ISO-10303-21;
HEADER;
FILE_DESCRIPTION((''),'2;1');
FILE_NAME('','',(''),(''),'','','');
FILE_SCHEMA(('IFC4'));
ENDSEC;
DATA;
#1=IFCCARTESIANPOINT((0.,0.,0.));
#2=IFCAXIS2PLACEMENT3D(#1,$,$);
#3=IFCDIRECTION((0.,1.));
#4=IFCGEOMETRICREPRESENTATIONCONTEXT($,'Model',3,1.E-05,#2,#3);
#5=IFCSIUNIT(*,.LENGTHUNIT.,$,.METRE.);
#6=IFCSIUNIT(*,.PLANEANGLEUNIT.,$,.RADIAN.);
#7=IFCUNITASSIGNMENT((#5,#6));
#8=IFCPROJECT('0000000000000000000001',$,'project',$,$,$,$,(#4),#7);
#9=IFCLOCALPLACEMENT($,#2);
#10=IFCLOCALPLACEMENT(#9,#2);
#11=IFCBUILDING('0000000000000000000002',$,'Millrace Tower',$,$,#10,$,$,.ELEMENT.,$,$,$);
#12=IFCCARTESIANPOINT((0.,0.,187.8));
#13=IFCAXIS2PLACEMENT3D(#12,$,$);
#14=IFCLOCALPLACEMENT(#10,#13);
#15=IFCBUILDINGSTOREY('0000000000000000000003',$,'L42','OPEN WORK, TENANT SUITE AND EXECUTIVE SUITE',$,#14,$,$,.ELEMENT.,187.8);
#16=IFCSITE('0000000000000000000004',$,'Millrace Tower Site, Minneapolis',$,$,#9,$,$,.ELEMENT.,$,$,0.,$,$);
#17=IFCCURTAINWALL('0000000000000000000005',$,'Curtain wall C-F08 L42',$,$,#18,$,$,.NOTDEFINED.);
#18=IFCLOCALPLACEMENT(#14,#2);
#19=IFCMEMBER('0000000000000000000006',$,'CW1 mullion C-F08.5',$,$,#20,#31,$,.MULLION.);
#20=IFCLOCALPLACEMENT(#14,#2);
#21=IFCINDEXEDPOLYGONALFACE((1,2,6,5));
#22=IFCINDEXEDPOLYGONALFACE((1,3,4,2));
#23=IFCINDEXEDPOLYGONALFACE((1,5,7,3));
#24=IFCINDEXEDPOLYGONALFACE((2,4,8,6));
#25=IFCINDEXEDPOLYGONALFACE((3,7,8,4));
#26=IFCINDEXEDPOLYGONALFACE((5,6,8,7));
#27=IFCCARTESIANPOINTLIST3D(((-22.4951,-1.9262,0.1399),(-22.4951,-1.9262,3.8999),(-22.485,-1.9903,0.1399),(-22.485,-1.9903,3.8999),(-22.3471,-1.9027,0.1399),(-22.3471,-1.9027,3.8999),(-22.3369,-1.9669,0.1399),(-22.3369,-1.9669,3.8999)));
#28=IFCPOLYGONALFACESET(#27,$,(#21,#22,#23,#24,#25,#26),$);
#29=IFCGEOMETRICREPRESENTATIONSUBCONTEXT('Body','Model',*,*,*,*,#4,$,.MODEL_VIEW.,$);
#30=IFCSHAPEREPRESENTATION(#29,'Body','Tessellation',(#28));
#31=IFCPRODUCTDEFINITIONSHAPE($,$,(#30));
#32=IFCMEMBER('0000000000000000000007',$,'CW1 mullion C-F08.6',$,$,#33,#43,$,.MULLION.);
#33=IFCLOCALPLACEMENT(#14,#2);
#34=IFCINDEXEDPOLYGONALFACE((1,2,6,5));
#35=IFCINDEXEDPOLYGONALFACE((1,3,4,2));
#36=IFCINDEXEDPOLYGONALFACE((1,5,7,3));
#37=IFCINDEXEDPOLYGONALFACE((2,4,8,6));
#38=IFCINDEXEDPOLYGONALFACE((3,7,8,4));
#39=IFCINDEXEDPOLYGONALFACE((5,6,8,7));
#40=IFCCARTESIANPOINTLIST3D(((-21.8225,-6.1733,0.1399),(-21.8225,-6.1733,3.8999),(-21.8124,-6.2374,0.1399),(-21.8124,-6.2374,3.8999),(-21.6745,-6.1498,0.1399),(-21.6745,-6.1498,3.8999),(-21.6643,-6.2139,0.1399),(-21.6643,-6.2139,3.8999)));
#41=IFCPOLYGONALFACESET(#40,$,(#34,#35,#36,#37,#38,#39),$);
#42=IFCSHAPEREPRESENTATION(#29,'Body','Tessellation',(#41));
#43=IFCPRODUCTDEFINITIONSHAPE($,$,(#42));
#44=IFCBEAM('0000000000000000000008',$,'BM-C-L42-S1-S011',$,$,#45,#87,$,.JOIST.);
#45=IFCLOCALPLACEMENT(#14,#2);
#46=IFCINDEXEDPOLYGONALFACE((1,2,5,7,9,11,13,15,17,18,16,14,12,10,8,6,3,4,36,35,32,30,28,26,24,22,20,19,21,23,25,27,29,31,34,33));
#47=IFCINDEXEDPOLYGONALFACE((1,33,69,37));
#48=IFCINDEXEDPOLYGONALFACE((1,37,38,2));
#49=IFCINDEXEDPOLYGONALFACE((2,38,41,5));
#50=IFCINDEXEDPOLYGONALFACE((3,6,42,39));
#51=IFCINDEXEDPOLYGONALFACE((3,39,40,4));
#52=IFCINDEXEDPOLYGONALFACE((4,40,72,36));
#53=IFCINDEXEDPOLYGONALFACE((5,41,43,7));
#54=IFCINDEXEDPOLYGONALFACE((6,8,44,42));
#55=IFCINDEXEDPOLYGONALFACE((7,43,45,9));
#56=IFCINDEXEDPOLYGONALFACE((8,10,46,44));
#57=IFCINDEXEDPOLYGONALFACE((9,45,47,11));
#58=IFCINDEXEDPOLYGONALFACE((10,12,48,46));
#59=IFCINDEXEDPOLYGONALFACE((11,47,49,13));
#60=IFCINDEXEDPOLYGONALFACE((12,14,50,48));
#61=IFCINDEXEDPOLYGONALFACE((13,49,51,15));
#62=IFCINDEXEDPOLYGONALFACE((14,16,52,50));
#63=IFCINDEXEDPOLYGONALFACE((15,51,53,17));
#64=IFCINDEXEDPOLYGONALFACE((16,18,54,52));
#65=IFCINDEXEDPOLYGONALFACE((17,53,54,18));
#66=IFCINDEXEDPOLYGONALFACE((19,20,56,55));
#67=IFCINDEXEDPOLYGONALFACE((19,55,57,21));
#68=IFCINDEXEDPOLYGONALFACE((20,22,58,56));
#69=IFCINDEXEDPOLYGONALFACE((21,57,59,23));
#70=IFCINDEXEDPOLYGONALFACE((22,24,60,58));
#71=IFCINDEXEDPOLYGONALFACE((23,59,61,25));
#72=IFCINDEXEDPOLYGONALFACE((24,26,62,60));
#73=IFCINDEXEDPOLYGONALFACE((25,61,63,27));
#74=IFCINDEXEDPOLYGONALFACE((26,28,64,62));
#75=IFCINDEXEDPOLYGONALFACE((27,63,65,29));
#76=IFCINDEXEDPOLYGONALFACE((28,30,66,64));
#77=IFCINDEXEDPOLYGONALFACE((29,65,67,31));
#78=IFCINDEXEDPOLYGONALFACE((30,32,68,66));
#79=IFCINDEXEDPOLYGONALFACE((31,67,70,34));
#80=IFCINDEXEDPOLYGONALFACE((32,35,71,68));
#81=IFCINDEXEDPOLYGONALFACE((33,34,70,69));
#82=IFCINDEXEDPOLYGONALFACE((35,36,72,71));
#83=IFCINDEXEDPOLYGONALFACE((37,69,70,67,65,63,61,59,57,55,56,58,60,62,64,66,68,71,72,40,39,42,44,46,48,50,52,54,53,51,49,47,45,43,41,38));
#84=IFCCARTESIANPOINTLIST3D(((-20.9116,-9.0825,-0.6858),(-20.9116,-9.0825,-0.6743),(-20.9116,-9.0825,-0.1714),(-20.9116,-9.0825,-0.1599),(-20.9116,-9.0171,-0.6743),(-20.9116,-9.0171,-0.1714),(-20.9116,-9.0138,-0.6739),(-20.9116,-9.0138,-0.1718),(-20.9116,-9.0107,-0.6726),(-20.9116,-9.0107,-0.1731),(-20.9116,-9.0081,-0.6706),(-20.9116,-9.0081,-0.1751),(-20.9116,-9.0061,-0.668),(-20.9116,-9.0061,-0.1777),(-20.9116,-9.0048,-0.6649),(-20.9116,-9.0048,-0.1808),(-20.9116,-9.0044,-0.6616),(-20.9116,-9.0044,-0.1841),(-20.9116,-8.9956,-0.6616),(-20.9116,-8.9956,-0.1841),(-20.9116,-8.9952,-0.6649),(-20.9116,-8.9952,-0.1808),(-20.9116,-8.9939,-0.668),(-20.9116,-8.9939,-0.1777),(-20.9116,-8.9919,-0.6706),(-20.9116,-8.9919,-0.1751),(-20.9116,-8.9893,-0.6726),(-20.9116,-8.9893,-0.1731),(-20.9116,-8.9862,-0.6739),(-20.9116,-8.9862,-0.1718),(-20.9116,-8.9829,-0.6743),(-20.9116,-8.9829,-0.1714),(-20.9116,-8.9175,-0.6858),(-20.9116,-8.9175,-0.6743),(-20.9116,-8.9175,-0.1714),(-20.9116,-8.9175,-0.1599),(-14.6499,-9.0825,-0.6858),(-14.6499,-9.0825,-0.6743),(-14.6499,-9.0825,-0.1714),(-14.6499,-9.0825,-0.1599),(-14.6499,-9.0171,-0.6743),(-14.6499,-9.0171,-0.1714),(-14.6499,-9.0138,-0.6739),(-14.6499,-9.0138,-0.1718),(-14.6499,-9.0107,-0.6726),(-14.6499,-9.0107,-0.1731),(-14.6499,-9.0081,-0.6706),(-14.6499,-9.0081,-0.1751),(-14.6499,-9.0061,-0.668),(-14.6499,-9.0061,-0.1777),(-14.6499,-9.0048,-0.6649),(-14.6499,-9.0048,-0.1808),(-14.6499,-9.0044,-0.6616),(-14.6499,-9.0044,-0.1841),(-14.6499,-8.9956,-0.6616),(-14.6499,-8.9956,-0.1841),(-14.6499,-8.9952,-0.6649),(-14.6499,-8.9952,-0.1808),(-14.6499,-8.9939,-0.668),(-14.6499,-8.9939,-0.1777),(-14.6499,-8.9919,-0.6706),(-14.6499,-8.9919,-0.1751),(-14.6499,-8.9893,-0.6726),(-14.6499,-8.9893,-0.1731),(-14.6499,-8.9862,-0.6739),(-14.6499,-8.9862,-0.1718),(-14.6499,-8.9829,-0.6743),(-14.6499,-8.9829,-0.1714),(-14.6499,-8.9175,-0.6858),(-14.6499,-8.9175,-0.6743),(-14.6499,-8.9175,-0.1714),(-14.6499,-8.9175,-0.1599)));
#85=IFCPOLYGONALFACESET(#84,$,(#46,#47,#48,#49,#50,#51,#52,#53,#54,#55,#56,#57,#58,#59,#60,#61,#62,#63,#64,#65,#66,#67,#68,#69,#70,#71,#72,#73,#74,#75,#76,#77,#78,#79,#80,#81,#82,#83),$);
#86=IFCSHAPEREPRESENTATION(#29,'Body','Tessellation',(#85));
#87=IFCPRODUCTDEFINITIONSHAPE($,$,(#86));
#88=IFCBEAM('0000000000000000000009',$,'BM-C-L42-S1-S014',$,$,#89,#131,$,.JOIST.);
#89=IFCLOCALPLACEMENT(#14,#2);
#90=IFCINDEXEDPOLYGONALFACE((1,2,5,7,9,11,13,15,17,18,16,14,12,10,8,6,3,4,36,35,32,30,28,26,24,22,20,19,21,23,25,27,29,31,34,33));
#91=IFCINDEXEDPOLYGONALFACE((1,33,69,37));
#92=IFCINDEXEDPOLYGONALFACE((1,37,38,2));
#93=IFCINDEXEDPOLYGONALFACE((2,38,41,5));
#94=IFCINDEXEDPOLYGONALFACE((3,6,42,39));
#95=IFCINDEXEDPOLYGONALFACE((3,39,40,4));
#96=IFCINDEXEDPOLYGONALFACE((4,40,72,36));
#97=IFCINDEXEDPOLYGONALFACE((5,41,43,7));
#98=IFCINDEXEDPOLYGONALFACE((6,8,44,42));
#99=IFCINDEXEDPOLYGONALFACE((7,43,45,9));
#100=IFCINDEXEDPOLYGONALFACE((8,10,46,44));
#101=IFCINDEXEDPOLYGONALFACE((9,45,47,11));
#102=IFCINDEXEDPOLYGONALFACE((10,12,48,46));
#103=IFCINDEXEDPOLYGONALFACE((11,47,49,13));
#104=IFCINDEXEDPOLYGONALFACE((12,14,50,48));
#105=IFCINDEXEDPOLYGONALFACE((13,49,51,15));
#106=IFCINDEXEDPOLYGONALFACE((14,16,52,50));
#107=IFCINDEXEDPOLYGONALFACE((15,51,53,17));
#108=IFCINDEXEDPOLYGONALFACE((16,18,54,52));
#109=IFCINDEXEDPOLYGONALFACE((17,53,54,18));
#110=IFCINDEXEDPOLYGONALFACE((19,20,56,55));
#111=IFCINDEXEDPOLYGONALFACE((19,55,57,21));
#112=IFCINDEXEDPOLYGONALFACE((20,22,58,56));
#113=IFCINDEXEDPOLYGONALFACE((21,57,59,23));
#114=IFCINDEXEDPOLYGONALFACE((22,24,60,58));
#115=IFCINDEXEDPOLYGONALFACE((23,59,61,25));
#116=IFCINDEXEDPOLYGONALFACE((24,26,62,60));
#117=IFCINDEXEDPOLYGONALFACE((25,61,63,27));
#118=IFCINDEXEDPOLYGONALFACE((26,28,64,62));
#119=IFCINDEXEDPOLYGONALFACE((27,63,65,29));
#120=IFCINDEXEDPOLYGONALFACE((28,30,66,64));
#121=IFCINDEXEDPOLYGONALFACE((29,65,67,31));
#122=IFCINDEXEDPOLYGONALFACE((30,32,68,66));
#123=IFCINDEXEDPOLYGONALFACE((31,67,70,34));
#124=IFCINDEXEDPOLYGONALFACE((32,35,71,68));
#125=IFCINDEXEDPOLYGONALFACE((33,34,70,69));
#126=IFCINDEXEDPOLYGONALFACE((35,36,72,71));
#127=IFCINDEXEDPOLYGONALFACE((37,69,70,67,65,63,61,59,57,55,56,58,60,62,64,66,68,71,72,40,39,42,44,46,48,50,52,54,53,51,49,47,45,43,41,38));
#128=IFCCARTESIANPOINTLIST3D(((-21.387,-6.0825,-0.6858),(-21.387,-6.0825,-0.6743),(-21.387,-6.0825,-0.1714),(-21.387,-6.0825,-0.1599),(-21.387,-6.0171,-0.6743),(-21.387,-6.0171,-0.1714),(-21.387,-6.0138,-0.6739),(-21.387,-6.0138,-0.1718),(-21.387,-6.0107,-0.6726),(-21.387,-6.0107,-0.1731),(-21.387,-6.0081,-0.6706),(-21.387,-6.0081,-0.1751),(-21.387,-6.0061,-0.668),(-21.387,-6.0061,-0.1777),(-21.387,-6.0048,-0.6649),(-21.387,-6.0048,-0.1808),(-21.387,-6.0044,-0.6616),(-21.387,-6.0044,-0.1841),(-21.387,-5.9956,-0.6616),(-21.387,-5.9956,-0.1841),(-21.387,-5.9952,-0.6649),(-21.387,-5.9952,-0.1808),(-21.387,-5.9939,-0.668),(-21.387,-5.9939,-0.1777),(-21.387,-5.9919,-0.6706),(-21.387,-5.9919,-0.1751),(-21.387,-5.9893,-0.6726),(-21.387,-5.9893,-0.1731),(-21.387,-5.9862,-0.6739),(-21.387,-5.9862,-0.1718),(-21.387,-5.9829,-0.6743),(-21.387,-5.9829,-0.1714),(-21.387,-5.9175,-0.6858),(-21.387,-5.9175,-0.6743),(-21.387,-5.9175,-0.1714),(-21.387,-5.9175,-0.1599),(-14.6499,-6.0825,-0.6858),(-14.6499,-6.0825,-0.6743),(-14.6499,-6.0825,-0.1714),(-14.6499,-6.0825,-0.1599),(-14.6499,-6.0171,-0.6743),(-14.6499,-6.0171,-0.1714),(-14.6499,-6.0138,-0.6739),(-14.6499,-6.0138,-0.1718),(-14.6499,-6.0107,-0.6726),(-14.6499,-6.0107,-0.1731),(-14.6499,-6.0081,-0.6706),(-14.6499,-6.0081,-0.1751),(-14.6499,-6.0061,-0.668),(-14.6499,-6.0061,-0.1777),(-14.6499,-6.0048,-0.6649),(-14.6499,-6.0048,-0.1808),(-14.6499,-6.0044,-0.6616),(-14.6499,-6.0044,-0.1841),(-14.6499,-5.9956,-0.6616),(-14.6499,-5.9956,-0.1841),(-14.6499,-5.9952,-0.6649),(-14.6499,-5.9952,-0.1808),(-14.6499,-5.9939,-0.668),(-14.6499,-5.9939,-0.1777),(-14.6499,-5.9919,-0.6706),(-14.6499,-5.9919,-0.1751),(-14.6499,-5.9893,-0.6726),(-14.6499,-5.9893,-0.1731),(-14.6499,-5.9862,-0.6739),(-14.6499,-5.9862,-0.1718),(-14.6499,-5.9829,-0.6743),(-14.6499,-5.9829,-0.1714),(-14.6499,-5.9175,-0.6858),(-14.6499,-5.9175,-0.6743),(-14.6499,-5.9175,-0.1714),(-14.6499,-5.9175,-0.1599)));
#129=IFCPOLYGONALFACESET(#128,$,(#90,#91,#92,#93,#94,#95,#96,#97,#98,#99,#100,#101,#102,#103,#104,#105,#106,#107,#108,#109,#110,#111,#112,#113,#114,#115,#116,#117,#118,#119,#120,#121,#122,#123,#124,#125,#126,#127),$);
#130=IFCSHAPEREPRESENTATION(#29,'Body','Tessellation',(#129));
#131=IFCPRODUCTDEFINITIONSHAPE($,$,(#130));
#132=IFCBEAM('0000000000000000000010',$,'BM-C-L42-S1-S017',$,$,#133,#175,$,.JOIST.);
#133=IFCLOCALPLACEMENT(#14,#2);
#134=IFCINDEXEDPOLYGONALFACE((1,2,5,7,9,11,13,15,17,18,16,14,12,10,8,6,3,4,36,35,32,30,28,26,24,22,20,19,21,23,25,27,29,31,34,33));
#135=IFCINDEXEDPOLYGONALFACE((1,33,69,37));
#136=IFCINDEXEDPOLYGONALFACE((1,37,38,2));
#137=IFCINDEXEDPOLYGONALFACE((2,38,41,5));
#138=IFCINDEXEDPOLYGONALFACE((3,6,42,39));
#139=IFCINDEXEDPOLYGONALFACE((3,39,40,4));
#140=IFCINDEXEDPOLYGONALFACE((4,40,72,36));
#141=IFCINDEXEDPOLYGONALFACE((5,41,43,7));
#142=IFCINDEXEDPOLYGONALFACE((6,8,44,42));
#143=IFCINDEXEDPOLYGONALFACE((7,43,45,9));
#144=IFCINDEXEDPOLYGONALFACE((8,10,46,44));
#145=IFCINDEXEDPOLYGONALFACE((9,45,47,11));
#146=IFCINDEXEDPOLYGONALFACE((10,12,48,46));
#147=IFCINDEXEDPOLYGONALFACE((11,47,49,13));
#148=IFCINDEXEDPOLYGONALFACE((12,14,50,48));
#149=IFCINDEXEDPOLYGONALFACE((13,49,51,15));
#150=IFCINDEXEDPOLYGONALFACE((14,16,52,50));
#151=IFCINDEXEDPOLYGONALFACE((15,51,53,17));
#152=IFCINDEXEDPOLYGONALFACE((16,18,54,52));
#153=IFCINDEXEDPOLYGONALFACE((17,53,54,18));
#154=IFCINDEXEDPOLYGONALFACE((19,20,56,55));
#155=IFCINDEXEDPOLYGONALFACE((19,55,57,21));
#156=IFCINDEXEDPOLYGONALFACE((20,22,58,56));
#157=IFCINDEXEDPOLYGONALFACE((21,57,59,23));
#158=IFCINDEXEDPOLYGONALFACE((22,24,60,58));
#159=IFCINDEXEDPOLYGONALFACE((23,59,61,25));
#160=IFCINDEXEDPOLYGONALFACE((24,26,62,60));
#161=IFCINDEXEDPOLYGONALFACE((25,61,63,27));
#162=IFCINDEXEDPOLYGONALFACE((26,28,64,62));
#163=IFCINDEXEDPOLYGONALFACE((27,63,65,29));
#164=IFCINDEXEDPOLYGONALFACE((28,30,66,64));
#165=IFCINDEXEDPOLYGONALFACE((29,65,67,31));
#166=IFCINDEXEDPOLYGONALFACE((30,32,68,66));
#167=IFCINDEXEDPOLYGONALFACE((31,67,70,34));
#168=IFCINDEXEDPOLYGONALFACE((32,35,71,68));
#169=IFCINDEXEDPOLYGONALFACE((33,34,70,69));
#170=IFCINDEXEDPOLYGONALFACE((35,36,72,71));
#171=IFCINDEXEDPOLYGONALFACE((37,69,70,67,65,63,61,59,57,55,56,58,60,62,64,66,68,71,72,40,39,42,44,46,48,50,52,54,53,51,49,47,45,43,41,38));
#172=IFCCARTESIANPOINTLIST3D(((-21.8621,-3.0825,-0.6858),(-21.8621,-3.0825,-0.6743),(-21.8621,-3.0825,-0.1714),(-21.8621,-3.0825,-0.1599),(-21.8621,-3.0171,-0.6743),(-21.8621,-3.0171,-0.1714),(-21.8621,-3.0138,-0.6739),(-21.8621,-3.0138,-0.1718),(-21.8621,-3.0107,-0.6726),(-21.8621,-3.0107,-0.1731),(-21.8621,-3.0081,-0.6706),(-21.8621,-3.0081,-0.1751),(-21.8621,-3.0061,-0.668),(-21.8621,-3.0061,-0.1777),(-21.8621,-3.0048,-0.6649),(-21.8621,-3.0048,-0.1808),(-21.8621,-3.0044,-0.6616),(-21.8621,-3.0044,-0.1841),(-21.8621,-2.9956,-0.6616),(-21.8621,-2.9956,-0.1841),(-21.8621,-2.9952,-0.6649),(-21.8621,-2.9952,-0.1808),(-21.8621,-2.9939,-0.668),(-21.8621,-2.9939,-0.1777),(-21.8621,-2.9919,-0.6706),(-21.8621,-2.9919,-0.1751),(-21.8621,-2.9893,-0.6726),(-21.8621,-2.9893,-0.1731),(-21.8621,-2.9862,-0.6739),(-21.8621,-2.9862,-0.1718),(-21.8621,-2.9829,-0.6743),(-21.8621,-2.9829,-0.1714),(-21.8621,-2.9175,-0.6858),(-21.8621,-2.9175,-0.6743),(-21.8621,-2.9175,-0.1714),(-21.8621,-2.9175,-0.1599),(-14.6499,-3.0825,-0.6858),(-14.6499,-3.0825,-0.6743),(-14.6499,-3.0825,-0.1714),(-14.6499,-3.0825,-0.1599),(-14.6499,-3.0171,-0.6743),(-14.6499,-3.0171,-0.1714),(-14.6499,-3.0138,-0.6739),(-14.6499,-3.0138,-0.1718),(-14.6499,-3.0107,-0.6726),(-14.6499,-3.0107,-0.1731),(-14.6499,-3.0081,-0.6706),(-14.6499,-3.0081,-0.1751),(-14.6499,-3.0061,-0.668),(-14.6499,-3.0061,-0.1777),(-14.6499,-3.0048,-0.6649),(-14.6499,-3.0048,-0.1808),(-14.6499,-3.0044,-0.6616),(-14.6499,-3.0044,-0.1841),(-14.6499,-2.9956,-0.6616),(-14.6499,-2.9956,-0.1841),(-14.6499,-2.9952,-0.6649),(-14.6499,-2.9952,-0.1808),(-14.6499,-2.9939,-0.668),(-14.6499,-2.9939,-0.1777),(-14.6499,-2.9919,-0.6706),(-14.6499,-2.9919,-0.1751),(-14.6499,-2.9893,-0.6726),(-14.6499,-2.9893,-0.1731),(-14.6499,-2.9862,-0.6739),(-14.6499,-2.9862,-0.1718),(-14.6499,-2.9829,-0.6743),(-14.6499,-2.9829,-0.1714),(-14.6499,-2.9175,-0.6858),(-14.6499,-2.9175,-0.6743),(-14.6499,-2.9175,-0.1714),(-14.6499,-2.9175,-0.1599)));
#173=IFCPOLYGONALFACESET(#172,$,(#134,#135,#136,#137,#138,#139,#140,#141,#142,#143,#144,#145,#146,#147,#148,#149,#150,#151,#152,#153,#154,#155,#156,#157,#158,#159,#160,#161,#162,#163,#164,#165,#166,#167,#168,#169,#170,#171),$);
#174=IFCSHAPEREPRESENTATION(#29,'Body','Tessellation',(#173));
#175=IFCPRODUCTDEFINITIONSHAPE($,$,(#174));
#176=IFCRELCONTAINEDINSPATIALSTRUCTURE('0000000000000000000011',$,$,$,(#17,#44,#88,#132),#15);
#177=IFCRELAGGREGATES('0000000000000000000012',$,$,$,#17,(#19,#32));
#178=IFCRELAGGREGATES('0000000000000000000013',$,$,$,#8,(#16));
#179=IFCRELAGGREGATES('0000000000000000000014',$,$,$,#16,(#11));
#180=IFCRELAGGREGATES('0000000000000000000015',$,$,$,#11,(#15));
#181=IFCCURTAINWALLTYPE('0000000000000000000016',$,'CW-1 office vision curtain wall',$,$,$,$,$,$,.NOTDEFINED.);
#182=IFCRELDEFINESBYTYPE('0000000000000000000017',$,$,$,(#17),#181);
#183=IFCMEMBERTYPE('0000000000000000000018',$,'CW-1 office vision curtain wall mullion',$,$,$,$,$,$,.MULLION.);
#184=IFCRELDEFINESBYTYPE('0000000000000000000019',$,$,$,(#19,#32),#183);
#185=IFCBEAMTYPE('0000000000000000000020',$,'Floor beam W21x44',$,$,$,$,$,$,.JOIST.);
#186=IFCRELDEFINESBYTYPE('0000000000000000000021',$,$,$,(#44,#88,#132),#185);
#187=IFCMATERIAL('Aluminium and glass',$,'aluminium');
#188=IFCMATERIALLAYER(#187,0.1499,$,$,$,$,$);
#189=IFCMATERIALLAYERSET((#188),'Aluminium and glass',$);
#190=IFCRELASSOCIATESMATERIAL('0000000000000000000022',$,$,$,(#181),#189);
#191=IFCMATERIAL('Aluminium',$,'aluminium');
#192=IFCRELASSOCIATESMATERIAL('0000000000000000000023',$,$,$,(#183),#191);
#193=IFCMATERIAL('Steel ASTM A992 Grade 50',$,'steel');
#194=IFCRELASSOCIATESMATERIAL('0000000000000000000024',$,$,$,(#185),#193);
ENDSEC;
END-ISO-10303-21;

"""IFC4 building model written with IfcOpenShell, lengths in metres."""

from ifc_helpers import new_model, si_unit, direction, frame, origin, origin_2d, place, context, subcontext, project, spatial, rectangle, i_section, extrude, material, layer, layer_set, material_profile, profile_set, type_object, element, aggregate, save


model = new_model("IFC4")

# Units and contexts
model_context = context("Model", 3, precision=1e-05, world=origin(), true_north=direction((0.0, 1.0)))
body_context = subcontext(model_context, "Body", "Model", "MODEL_VIEW")
ifc_project = project(units=[si_unit("LENGTHUNIT", "METRE"), si_unit("PLANEANGLEUNIT", "RADIAN")], contexts=[model_context])

# Site, building, storey
site_placement = place(None, origin())
site = spatial("IfcSite", under=ifc_project, at=site_placement, Name="Millrace Tower Site, Minneapolis", CompositionType="ELEMENT", RefElevation=0.0)
building_placement = place(site_placement, origin())
building = spatial("IfcBuilding", under=site, at=building_placement, Name="Millrace Tower", CompositionType="ELEMENT")
storey_placement = place(building_placement, frame((0.0, 0.0, 187.8)))
storey = spatial("IfcBuildingStorey", under=building, at=storey_placement, Name="L42", Description="OPEN WORK, TENANT SUITE AND EXECUTIVE SUITE", CompositionType="ELEMENT", Elevation=187.8)

# Curtain wall, members
ifc_material_1 = material(Name="Aluminium and glass", Category="aluminium")
ifc_layer_1 = layer(ifc_material_1, 0.1499)
ifc_layer_set_1 = layer_set([ifc_layer_1], Name="Aluminium and glass")
curtain_wall_type = type_object("IfcCurtainWallType", Name="CW-1 office vision curtain wall", PredefinedType="NOTDEFINED", material=ifc_layer_set_1)
curtain_wall_placement = place(storey_placement, origin())
curtain_wall = element("IfcCurtainWall", 1, at=curtain_wall_placement, inside=storey, type_object=curtain_wall_type, Name="Curtain wall C-F08 L42", PredefinedType="NOTDEFINED")
ifc_material_2 = material(Name="Aluminium", Category="aluminium")
ifc_material_profile_1 = material_profile(ifc_material_2, rectangle(XDim=0.0649, YDim=0.1499, at=origin_2d()))
ifc_profile_set_1 = profile_set([ifc_material_profile_1], Name="Aluminium")
member_type = type_object("IfcMemberType", Name="CW-1 office vision curtain wall mullion", PredefinedType="MULLION", material=ifc_profile_set_1)
member_1_placement = place(storey_placement, frame((-22.416, -1.9465, 0.1399), z_axis=(0.0, 0.0, 1.0), x_axis=(0.156434, -0.987688, 0.0)))
member_1 = element("IfcMember", 2, at=member_1_placement, type_object=member_type, Name="CW1 mullion C-F08.5", PredefinedType="MULLION", context=body_context, shape_type="SweptSolid", body=[
    extrude(rectangle(XDim=0.0649, YDim=0.1499, at=origin_2d()), origin(), (0.0, 0.0, 1.0), 3.76),
])
member_2_placement = place(storey_placement, frame((-21.7434, -6.1936, 0.1399), z_axis=(0.0, 0.0, 1.0), x_axis=(0.156434, -0.987688, 0.0)))
member_2 = element("IfcMember", 3, at=member_2_placement, type_object=member_type, Name="CW1 mullion C-F08.6", PredefinedType="MULLION", context=body_context, shape_type="SweptSolid", body=[
    extrude(rectangle(XDim=0.0649, YDim=0.1499, at=origin_2d()), origin(), (0.0, 0.0, 1.0), 3.76),
])
aggregate(curtain_wall, [member_1, member_2])

# Beams
ifc_material_3 = material(Name="Steel ASTM A992 Grade 50", Category="steel")
ifc_material_profile_2 = material_profile(ifc_material_3, i_section(OverallWidth=0.165, OverallDepth=0.5259, WebThickness=0.0088, FlangeThickness=0.0115, FilletRadius=0.0127, at=origin_2d()))
ifc_profile_set_2 = profile_set([ifc_material_profile_2], Name="Steel ASTM A992 Grade 50")
beam_type_1 = type_object("IfcBeamType", Name="Floor beam W21x44", PredefinedType="JOIST", material=ifc_profile_set_2)
beam_1_placement = place(storey_placement, frame((-20.9116, -9.0, -0.4229), z_axis=(1.0, 0.0, 0.0), x_axis=(0.0, 1.0, 0.0)))
element("IfcBeam", 4, at=beam_1_placement, inside=storey, type_object=beam_type_1, Name="BM-C-L42-S1-S011", PredefinedType="JOIST", context=body_context, shape_type="SweptSolid", body=[
    extrude(i_section(OverallWidth=0.165, OverallDepth=0.5259, WebThickness=0.0088, FlangeThickness=0.0115, FilletRadius=0.0127, at=origin_2d()), origin(), (0.0, 0.0, 1.0), 6.2617),
])
beam_2_placement = place(storey_placement, frame((-21.387, -6.0, -0.4229), z_axis=(1.0, 0.0, 0.0), x_axis=(0.0, 1.0, 0.0)))
element("IfcBeam", 5, at=beam_2_placement, inside=storey, type_object=beam_type_1, Name="BM-C-L42-S1-S014", PredefinedType="JOIST", context=body_context, shape_type="SweptSolid", body=[
    extrude(i_section(OverallWidth=0.165, OverallDepth=0.5259, WebThickness=0.0088, FlangeThickness=0.0115, FilletRadius=0.0127, at=origin_2d()), origin(), (0.0, 0.0, 1.0), 6.7371),
])
beam_3_placement = place(storey_placement, frame((-21.8621, -3.0, -0.4229), z_axis=(1.0, 0.0, 0.0), x_axis=(0.0, 1.0, 0.0)))
element("IfcBeam", 6, at=beam_3_placement, inside=storey, type_object=beam_type_1, Name="BM-C-L42-S1-S017", PredefinedType="JOIST", context=body_context, shape_type="SweptSolid", body=[
    extrude(i_section(OverallWidth=0.165, OverallDepth=0.5259, WebThickness=0.0088, FlangeThickness=0.0115, FilletRadius=0.0127, at=origin_2d()), origin(), (0.0, 0.0, 1.0), 7.2122),
])

save(model, "model.ifc")
